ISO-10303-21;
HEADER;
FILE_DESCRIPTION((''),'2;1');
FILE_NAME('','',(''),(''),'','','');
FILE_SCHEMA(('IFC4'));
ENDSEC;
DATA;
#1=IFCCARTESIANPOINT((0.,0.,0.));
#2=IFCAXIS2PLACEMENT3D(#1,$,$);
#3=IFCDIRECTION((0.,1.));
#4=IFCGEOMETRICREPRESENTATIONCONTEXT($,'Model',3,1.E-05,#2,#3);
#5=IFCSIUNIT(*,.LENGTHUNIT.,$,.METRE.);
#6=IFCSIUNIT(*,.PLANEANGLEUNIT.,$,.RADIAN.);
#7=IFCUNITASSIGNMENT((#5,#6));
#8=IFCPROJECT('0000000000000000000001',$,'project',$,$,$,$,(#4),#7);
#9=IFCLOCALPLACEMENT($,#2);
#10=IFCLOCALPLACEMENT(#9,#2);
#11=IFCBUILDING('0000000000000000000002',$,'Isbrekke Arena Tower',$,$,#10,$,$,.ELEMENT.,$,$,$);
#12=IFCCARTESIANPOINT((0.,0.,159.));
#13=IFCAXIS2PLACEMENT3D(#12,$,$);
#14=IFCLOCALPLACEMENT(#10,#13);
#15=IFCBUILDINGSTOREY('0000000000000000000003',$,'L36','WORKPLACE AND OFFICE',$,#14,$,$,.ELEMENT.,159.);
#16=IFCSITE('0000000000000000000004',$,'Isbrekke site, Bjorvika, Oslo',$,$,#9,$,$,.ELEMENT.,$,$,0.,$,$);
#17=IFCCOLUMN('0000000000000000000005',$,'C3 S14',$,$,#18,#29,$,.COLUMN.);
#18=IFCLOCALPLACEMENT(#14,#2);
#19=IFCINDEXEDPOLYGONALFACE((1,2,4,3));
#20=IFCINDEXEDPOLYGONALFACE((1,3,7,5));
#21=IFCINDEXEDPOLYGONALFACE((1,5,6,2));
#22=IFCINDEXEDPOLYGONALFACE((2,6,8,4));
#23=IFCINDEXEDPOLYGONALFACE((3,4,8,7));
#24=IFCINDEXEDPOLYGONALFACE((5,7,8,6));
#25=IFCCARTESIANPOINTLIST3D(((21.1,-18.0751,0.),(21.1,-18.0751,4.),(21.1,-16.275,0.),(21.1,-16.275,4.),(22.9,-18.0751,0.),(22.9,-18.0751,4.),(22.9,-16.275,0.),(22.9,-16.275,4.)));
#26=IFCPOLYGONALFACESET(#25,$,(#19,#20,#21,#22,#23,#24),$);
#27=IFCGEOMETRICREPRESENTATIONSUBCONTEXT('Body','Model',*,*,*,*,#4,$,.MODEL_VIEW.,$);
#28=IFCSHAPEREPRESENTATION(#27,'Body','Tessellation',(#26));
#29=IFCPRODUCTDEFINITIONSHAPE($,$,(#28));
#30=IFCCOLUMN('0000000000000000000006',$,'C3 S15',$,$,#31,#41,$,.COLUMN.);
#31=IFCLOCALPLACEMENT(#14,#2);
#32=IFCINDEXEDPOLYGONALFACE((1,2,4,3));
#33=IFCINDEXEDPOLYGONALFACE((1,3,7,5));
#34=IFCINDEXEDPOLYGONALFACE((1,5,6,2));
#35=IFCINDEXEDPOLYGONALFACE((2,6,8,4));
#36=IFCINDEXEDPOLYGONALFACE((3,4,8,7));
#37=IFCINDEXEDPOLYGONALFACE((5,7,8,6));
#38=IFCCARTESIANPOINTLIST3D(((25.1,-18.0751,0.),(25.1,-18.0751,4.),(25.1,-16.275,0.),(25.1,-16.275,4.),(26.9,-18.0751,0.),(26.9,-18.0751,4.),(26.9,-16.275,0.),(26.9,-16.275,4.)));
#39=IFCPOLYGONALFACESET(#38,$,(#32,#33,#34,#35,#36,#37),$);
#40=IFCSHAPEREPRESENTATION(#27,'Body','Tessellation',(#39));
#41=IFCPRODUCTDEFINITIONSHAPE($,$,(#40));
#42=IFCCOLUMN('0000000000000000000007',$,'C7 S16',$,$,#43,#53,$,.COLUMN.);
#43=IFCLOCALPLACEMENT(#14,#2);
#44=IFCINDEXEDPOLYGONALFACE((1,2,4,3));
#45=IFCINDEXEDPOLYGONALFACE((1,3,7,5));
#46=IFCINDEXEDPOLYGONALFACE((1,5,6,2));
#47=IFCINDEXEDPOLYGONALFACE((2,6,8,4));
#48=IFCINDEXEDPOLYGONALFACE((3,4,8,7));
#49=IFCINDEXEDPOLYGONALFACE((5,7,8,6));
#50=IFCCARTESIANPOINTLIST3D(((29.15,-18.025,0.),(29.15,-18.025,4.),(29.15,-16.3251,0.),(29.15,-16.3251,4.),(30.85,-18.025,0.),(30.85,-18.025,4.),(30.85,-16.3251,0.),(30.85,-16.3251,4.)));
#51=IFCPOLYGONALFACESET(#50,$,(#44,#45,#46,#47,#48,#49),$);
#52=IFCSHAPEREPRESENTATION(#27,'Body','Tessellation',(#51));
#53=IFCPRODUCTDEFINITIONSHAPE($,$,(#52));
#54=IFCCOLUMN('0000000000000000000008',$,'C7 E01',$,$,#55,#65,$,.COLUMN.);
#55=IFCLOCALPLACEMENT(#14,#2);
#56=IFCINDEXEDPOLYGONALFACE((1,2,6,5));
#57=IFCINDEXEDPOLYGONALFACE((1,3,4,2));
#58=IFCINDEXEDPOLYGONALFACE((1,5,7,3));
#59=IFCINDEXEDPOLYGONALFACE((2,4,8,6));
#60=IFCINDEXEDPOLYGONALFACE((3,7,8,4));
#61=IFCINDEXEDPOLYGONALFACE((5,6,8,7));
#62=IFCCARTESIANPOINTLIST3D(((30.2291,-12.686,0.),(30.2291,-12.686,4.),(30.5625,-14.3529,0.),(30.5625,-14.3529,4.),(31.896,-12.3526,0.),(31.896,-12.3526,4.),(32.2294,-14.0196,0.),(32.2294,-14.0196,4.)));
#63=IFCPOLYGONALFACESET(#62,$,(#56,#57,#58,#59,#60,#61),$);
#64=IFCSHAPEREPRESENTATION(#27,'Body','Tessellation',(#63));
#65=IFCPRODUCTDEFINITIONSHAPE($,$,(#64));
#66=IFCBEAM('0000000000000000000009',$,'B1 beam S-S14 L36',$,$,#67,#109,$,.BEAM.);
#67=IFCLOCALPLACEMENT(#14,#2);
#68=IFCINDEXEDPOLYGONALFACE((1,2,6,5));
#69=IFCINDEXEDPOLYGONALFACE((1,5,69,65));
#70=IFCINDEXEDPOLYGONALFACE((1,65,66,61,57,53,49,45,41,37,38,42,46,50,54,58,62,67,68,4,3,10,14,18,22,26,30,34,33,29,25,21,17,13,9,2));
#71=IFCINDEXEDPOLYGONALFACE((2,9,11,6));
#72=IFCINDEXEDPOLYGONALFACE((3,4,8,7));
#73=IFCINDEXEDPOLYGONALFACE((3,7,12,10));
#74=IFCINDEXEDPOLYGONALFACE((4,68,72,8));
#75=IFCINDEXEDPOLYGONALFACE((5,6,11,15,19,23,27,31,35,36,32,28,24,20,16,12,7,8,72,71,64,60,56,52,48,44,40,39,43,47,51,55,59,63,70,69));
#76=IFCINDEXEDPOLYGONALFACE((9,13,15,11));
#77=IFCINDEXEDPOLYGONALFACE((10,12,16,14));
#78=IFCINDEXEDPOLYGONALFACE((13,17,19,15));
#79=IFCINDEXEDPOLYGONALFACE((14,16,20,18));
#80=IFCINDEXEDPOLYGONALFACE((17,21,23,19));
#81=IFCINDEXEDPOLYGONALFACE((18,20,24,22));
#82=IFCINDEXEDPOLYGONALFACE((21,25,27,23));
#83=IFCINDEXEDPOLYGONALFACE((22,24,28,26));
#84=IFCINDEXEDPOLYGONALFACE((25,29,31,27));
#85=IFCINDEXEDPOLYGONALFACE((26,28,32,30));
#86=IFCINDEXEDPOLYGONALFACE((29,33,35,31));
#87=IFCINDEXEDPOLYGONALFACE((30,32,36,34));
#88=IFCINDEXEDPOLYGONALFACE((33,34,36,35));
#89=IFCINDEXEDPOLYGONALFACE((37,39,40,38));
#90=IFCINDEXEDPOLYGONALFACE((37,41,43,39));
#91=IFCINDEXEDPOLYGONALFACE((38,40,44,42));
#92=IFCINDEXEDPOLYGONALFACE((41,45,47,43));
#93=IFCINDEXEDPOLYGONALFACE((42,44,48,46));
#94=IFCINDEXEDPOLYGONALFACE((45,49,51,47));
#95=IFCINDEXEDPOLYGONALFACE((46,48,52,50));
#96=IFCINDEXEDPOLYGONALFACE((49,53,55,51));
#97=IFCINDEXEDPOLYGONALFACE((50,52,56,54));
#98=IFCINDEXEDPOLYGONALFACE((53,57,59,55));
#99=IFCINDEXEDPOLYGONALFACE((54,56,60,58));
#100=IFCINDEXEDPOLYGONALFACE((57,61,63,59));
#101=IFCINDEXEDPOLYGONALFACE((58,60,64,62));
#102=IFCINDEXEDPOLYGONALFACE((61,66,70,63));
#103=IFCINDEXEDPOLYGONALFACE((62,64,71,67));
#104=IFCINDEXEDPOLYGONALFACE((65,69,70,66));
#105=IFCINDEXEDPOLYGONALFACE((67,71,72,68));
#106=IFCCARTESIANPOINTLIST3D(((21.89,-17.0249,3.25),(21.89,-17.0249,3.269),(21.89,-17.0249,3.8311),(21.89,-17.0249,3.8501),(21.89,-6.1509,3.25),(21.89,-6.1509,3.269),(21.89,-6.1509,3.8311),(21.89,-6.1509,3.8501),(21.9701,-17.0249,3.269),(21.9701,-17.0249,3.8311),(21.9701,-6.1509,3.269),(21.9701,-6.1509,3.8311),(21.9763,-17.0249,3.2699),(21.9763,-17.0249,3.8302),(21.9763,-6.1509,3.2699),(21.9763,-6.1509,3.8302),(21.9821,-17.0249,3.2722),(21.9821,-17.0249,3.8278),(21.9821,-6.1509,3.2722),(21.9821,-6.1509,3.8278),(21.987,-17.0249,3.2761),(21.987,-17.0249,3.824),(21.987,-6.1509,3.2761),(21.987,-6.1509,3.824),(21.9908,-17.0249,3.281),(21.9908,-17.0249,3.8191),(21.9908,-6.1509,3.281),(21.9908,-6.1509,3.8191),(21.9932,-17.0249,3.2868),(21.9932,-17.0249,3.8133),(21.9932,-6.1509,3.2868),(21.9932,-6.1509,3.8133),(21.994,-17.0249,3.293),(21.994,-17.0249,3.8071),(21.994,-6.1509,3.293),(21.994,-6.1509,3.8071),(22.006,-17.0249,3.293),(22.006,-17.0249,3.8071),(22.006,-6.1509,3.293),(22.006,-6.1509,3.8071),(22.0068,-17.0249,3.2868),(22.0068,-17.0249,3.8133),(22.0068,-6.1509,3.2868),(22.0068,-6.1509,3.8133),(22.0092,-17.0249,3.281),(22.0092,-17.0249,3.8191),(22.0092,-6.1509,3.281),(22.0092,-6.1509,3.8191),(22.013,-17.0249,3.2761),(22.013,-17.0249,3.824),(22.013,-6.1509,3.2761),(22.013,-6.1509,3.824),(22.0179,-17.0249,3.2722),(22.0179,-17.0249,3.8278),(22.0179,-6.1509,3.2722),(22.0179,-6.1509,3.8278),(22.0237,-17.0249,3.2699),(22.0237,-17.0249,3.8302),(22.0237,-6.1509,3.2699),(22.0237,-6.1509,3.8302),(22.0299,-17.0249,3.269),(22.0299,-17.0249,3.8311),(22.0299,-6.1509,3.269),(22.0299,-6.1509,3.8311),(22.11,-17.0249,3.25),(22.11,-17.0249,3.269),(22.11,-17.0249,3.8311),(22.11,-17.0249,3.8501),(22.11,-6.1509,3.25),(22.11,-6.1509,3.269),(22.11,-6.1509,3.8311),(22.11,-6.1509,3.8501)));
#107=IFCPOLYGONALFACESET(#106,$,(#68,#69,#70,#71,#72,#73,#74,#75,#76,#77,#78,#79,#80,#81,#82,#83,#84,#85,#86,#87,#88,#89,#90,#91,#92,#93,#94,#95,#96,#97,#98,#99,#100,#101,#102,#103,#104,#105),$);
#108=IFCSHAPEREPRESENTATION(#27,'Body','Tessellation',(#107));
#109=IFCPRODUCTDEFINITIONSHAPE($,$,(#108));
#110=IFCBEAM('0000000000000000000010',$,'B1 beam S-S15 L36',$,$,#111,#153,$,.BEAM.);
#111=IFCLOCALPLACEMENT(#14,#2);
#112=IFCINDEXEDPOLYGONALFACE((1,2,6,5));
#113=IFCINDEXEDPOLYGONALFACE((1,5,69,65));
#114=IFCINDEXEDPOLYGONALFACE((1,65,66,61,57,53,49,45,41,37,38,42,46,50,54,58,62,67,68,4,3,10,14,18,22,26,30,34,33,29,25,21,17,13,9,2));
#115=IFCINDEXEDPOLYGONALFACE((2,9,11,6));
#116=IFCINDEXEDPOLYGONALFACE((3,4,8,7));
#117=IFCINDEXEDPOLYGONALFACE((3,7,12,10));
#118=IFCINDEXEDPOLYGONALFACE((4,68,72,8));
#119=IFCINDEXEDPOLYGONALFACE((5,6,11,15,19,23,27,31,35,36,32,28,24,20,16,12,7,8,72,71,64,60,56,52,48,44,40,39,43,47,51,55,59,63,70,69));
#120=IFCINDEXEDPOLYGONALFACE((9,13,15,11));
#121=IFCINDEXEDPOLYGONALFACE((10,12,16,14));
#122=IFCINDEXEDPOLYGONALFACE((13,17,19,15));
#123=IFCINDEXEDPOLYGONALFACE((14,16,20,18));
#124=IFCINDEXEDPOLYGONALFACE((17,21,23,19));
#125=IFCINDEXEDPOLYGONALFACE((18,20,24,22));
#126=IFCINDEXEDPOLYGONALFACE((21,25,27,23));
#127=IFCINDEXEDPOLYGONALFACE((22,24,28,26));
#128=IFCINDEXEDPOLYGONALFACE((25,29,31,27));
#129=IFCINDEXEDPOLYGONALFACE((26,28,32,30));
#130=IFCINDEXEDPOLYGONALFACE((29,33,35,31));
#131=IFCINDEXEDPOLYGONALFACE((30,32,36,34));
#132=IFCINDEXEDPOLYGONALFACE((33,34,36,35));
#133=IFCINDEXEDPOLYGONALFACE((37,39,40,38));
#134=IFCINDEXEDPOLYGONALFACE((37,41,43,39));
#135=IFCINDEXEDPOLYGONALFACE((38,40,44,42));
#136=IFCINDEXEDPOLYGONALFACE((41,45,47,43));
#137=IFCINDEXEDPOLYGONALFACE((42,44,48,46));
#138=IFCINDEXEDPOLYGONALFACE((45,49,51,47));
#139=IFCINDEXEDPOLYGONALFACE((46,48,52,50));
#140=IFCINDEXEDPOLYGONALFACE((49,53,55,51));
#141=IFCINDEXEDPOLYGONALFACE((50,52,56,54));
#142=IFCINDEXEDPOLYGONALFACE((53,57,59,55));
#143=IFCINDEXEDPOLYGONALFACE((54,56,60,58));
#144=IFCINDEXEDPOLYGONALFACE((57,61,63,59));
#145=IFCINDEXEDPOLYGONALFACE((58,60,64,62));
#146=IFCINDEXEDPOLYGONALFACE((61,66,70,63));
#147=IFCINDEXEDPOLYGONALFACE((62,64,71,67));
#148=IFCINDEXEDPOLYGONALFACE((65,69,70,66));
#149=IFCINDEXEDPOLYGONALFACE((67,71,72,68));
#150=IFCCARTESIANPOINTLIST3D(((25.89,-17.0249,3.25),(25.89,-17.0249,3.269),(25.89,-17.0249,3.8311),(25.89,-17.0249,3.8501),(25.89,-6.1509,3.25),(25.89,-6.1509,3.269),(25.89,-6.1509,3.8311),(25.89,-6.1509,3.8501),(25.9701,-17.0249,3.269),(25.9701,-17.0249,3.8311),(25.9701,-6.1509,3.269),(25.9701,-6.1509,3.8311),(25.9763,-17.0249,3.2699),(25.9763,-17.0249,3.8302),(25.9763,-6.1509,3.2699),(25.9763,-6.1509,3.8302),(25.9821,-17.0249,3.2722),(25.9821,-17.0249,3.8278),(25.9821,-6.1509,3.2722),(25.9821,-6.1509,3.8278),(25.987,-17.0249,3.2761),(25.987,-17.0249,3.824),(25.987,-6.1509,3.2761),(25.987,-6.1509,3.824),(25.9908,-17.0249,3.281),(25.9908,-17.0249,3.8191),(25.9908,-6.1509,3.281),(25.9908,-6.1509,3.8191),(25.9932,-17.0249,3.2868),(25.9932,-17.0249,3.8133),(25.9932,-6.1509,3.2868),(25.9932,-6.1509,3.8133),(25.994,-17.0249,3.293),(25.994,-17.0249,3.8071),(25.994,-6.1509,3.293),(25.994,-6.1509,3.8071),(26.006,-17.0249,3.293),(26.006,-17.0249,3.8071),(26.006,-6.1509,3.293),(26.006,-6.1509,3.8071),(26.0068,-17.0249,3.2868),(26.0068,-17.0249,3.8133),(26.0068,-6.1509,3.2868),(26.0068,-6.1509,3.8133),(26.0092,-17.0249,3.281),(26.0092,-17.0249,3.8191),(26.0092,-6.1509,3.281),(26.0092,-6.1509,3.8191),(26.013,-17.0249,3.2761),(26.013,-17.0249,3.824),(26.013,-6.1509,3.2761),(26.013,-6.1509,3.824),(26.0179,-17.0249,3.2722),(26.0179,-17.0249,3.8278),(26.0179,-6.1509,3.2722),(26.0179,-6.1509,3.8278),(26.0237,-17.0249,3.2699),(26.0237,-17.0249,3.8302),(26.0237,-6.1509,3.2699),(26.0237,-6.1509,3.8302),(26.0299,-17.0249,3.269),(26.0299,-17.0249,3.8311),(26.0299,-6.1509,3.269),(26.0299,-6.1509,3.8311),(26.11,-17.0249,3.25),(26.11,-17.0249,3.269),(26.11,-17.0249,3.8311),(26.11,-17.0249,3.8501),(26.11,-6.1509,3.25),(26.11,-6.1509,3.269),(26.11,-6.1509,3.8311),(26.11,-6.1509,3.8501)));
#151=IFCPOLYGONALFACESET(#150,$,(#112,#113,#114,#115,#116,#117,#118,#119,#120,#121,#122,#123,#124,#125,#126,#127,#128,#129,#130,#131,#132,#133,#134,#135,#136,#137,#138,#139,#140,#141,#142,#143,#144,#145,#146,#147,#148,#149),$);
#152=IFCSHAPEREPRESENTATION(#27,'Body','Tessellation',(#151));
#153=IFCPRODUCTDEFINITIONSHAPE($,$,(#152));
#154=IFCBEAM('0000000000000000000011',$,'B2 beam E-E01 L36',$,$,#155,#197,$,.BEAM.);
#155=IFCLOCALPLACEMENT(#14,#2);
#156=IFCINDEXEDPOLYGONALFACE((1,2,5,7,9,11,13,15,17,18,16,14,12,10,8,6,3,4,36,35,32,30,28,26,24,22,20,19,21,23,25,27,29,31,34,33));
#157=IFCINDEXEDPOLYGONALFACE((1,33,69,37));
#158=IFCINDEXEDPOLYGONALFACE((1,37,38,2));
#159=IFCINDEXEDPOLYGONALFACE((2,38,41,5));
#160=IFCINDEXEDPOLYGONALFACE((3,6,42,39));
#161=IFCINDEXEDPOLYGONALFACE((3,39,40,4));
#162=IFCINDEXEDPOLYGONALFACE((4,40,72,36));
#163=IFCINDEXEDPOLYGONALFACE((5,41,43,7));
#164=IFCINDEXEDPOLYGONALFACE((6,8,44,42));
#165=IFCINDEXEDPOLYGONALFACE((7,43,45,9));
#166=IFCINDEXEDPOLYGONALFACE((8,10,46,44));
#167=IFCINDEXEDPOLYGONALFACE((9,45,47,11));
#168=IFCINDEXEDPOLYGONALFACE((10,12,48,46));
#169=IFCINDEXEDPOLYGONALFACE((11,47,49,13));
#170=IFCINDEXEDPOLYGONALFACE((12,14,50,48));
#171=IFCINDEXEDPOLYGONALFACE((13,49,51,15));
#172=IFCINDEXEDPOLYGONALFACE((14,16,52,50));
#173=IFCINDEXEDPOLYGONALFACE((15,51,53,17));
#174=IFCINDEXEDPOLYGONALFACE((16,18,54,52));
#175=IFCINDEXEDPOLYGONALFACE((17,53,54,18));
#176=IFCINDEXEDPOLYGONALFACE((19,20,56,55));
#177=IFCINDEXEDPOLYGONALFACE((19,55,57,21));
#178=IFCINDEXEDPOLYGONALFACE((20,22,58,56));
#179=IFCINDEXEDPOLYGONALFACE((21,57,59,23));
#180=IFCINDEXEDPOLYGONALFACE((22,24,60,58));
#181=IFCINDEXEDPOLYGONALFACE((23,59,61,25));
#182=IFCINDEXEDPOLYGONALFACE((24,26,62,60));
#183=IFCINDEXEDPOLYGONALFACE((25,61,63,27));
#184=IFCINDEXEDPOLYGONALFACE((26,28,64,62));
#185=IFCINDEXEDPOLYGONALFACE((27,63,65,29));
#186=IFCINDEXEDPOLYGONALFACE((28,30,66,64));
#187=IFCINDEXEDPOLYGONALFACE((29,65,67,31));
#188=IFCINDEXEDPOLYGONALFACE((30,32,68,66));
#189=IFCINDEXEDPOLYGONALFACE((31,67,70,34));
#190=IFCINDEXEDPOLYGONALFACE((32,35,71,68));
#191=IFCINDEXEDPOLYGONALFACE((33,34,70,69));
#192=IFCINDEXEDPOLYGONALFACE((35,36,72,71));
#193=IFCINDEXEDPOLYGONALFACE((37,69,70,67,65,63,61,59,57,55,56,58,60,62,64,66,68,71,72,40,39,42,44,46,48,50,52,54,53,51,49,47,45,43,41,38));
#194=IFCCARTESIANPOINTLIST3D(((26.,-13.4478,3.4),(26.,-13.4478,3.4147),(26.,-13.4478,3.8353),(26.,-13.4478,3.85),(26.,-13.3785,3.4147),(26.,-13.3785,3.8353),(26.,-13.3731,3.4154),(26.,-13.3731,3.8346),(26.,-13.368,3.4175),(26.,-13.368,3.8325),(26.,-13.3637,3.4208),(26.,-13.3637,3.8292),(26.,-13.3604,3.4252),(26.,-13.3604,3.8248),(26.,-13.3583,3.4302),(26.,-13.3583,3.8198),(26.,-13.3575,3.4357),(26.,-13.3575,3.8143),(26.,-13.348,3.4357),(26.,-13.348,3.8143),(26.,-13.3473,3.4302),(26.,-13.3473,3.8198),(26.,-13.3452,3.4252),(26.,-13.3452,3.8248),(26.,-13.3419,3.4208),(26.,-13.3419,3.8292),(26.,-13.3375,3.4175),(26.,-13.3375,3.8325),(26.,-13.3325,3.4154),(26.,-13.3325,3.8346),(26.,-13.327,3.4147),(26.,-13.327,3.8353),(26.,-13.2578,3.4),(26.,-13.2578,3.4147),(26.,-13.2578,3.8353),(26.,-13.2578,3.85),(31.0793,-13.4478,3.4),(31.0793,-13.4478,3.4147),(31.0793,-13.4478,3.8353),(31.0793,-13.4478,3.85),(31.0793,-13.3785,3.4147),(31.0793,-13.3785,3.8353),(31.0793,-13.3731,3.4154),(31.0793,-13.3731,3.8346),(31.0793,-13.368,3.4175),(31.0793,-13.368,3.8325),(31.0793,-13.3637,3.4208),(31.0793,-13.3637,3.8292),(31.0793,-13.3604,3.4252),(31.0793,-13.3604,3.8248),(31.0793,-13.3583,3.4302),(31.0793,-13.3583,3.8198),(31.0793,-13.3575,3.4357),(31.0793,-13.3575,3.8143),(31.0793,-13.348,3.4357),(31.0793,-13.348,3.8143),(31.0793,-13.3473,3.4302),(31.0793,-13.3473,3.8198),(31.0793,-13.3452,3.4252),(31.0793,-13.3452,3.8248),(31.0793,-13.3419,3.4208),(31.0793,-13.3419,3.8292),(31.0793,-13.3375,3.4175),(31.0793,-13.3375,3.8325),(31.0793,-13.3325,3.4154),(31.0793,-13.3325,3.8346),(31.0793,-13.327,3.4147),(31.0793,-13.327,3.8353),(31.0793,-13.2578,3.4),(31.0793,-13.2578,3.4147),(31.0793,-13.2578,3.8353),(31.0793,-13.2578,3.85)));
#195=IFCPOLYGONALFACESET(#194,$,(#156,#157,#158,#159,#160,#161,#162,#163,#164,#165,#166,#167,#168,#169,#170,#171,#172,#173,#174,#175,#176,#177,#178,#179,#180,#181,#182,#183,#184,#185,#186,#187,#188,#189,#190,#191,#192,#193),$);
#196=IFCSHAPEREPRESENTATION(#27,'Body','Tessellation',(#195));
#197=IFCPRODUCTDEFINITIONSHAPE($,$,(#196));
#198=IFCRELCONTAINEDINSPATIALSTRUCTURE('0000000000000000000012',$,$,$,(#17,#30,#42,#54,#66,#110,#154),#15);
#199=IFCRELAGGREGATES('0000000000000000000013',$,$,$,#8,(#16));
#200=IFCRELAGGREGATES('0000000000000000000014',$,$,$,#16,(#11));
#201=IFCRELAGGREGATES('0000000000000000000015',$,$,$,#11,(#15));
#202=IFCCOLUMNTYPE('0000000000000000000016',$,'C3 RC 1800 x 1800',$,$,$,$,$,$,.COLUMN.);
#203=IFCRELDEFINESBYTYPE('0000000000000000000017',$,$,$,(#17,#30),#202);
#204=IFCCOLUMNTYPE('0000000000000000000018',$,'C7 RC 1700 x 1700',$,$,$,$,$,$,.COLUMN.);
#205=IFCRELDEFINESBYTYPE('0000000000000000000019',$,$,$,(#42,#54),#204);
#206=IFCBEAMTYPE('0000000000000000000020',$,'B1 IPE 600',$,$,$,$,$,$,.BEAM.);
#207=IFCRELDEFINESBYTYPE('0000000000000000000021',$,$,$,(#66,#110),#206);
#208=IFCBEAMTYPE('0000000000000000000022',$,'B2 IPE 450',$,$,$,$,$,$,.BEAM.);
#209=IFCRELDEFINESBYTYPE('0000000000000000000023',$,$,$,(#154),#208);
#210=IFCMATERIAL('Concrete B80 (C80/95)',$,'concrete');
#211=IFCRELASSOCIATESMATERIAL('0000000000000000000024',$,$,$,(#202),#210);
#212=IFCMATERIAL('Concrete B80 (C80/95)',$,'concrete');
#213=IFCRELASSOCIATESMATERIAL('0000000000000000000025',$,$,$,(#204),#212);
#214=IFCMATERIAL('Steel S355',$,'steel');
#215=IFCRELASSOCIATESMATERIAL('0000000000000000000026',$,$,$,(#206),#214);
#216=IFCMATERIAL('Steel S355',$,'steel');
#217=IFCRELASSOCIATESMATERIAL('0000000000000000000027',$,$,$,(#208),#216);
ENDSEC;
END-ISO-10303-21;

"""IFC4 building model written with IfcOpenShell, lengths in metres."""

from ifc_helpers import new_model, si_unit, direction, frame, origin, origin_2d, place, context, subcontext, project, spatial, rectangle, i_section, extrude, material, material_profile, profile_set, type_object, element, save


model = new_model("IFC4")

# Units and contexts
model_context = context("Model", 3, precision=1e-05, world=origin(), true_north=direction((0.0, 1.0)))
body_context = subcontext(model_context, "Body", "Model", "MODEL_VIEW")
ifc_project = project(units=[si_unit("LENGTHUNIT", "METRE"), si_unit("PLANEANGLEUNIT", "RADIAN")], contexts=[model_context])

# Site, building, storey
site_placement = place(None, origin())
site = spatial("IfcSite", under=ifc_project, at=site_placement, Name="Isbrekke site, Bjorvika, Oslo", CompositionType="ELEMENT", RefElevation=0.0)
building_placement = place(site_placement, origin())
building = spatial("IfcBuilding", under=site, at=building_placement, Name="Isbrekke Arena Tower", CompositionType="ELEMENT")
storey_placement = place(building_placement, frame((0.0, 0.0, 159.0)))
storey = spatial("IfcBuildingStorey", under=building, at=storey_placement, Name="L36", Description="WORKPLACE AND OFFICE", CompositionType="ELEMENT", Elevation=159.0)

# Columns
ifc_material_1 = material(Name="Concrete B80 (C80/95)", Category="concrete")
ifc_material_profile_1 = material_profile(ifc_material_1, rectangle(XDim=1.8, YDim=1.8, at=origin_2d()), Name="RC 1800x1800")
ifc_profile_set_1 = profile_set([ifc_material_profile_1], Name="Concrete B80 (C80/95)")
column_type_1 = type_object("IfcColumnType", Name="C3 RC 1800 x 1800", PredefinedType="COLUMN", material=ifc_profile_set_1)
for number, where, z_axis, x_axis, name in (
    (1, (22.0, -17.175, 0.0), (0.0, 0.0, 1.0), (1.0, 0.0, 0.0), "C3 S14"),
    (2, (26.0, -17.175, 0.0), (0.0, 0.0, 1.0), (1.0, 0.0, 0.0), "C3 S15"),
):
    element("IfcColumn", number, at=place(storey_placement, frame(where, z_axis=z_axis, x_axis=x_axis)), inside=storey, type_object=column_type_1, Name=name, PredefinedType="COLUMN", context=body_context, shape_type="SweptSolid", body=[
        extrude(rectangle(XDim=1.8, YDim=1.8, at=origin_2d()), origin(), (0.0, 0.0, 1.0), 4.0),
    ])
ifc_material_2 = material(Name="Concrete B80 (C80/95)", Category="concrete")
ifc_material_profile_2 = material_profile(ifc_material_2, rectangle(XDim=1.7, YDim=1.7, at=origin_2d()), Name="RC 1700x1700")
ifc_profile_set_2 = profile_set([ifc_material_profile_2], Name="Concrete B80 (C80/95)")
column_type_2 = type_object("IfcColumnType", Name="C7 RC 1700 x 1700", PredefinedType="COLUMN", material=ifc_profile_set_2)
for number, where, z_axis, x_axis, name in (
    (3, (30.0, -17.175, 0.0), (0.0, 0.0, 1.0), (1.0, 0.0, 0.0), "C7 S16"),
    (4, (31.2292, -13.3528, 0.0), (0.0, 0.0, 1.0), (-0.196116, 0.980581, 0.0), "C7 E01"),
):
    element("IfcColumn", number, at=place(storey_placement, frame(where, z_axis=z_axis, x_axis=x_axis)), inside=storey, type_object=column_type_2, Name=name, PredefinedType="COLUMN", context=body_context, shape_type="SweptSolid", body=[
        extrude(rectangle(XDim=1.7, YDim=1.7, at=origin_2d()), origin(), (0.0, 0.0, 1.0), 4.0),
    ])

# Beams
ifc_material_3 = material(Name="Steel S355", Category="steel")
ifc_material_profile_3 = material_profile(ifc_material_3, i_section(OverallWidth=0.22, OverallDepth=0.6001, WebThickness=0.012, FlangeThickness=0.019, FilletRadius=0.0239, at=origin_2d()), Name="IPE 600")
ifc_profile_set_3 = profile_set([ifc_material_profile_3], Name="Steel S355")
beam_type_1 = type_object("IfcBeamType", Name="B1 IPE 600", PredefinedType="BEAM", material=ifc_profile_set_3)
for number, where, z_axis, x_axis, name in (
    (5, (22.0, -17.0249, 3.55), (0.0, 1.0, 0.0), (-1.0, 0.0, 0.0), "B1 beam S-S14 L36"),
    (6, (26.0, -17.0249, 3.55), (0.0, 1.0, 0.0), (-1.0, 0.0, 0.0), "B1 beam S-S15 L36"),
):
    element("IfcBeam", number, at=place(storey_placement, frame(where, z_axis=z_axis, x_axis=x_axis)), inside=storey, type_object=beam_type_1, Name=name, PredefinedType="BEAM", context=body_context, shape_type="SweptSolid", body=[
        extrude(i_section(OverallWidth=0.22, OverallDepth=0.6001, WebThickness=0.012, FlangeThickness=0.019, FilletRadius=0.0239, at=origin_2d()), origin(), (0.0, 0.0, 1.0), 10.874),
    ])
ifc_material_4 = material(Name="Steel S355", Category="steel")
ifc_material_profile_4 = material_profile(ifc_material_4, i_section(OverallWidth=0.1899, OverallDepth=0.45, WebThickness=0.0095, FlangeThickness=0.0146, FilletRadius=0.021, at=origin_2d()), Name="IPE 450")
ifc_profile_set_4 = profile_set([ifc_material_profile_4], Name="Steel S355")
beam_type_2 = type_object("IfcBeamType", Name="B2 IPE 450", PredefinedType="BEAM", material=ifc_profile_set_4)
beam_1_placement = place(storey_placement, frame((31.0793, -13.3528, 3.625), z_axis=(-1.0, 0.0, 0.0), x_axis=(0.0, -1.0, 0.0)))
element("IfcBeam", 7, at=beam_1_placement, inside=storey, type_object=beam_type_2, Name="B2 beam E-E01 L36", PredefinedType="BEAM", context=body_context, shape_type="SweptSolid", body=[
    extrude(i_section(OverallWidth=0.1899, OverallDepth=0.45, WebThickness=0.0095, FlangeThickness=0.0146, FilletRadius=0.021, at=origin_2d()), origin(), (0.0, 0.0, 1.0), 5.0793),
])

save(model, "model.ifc")
